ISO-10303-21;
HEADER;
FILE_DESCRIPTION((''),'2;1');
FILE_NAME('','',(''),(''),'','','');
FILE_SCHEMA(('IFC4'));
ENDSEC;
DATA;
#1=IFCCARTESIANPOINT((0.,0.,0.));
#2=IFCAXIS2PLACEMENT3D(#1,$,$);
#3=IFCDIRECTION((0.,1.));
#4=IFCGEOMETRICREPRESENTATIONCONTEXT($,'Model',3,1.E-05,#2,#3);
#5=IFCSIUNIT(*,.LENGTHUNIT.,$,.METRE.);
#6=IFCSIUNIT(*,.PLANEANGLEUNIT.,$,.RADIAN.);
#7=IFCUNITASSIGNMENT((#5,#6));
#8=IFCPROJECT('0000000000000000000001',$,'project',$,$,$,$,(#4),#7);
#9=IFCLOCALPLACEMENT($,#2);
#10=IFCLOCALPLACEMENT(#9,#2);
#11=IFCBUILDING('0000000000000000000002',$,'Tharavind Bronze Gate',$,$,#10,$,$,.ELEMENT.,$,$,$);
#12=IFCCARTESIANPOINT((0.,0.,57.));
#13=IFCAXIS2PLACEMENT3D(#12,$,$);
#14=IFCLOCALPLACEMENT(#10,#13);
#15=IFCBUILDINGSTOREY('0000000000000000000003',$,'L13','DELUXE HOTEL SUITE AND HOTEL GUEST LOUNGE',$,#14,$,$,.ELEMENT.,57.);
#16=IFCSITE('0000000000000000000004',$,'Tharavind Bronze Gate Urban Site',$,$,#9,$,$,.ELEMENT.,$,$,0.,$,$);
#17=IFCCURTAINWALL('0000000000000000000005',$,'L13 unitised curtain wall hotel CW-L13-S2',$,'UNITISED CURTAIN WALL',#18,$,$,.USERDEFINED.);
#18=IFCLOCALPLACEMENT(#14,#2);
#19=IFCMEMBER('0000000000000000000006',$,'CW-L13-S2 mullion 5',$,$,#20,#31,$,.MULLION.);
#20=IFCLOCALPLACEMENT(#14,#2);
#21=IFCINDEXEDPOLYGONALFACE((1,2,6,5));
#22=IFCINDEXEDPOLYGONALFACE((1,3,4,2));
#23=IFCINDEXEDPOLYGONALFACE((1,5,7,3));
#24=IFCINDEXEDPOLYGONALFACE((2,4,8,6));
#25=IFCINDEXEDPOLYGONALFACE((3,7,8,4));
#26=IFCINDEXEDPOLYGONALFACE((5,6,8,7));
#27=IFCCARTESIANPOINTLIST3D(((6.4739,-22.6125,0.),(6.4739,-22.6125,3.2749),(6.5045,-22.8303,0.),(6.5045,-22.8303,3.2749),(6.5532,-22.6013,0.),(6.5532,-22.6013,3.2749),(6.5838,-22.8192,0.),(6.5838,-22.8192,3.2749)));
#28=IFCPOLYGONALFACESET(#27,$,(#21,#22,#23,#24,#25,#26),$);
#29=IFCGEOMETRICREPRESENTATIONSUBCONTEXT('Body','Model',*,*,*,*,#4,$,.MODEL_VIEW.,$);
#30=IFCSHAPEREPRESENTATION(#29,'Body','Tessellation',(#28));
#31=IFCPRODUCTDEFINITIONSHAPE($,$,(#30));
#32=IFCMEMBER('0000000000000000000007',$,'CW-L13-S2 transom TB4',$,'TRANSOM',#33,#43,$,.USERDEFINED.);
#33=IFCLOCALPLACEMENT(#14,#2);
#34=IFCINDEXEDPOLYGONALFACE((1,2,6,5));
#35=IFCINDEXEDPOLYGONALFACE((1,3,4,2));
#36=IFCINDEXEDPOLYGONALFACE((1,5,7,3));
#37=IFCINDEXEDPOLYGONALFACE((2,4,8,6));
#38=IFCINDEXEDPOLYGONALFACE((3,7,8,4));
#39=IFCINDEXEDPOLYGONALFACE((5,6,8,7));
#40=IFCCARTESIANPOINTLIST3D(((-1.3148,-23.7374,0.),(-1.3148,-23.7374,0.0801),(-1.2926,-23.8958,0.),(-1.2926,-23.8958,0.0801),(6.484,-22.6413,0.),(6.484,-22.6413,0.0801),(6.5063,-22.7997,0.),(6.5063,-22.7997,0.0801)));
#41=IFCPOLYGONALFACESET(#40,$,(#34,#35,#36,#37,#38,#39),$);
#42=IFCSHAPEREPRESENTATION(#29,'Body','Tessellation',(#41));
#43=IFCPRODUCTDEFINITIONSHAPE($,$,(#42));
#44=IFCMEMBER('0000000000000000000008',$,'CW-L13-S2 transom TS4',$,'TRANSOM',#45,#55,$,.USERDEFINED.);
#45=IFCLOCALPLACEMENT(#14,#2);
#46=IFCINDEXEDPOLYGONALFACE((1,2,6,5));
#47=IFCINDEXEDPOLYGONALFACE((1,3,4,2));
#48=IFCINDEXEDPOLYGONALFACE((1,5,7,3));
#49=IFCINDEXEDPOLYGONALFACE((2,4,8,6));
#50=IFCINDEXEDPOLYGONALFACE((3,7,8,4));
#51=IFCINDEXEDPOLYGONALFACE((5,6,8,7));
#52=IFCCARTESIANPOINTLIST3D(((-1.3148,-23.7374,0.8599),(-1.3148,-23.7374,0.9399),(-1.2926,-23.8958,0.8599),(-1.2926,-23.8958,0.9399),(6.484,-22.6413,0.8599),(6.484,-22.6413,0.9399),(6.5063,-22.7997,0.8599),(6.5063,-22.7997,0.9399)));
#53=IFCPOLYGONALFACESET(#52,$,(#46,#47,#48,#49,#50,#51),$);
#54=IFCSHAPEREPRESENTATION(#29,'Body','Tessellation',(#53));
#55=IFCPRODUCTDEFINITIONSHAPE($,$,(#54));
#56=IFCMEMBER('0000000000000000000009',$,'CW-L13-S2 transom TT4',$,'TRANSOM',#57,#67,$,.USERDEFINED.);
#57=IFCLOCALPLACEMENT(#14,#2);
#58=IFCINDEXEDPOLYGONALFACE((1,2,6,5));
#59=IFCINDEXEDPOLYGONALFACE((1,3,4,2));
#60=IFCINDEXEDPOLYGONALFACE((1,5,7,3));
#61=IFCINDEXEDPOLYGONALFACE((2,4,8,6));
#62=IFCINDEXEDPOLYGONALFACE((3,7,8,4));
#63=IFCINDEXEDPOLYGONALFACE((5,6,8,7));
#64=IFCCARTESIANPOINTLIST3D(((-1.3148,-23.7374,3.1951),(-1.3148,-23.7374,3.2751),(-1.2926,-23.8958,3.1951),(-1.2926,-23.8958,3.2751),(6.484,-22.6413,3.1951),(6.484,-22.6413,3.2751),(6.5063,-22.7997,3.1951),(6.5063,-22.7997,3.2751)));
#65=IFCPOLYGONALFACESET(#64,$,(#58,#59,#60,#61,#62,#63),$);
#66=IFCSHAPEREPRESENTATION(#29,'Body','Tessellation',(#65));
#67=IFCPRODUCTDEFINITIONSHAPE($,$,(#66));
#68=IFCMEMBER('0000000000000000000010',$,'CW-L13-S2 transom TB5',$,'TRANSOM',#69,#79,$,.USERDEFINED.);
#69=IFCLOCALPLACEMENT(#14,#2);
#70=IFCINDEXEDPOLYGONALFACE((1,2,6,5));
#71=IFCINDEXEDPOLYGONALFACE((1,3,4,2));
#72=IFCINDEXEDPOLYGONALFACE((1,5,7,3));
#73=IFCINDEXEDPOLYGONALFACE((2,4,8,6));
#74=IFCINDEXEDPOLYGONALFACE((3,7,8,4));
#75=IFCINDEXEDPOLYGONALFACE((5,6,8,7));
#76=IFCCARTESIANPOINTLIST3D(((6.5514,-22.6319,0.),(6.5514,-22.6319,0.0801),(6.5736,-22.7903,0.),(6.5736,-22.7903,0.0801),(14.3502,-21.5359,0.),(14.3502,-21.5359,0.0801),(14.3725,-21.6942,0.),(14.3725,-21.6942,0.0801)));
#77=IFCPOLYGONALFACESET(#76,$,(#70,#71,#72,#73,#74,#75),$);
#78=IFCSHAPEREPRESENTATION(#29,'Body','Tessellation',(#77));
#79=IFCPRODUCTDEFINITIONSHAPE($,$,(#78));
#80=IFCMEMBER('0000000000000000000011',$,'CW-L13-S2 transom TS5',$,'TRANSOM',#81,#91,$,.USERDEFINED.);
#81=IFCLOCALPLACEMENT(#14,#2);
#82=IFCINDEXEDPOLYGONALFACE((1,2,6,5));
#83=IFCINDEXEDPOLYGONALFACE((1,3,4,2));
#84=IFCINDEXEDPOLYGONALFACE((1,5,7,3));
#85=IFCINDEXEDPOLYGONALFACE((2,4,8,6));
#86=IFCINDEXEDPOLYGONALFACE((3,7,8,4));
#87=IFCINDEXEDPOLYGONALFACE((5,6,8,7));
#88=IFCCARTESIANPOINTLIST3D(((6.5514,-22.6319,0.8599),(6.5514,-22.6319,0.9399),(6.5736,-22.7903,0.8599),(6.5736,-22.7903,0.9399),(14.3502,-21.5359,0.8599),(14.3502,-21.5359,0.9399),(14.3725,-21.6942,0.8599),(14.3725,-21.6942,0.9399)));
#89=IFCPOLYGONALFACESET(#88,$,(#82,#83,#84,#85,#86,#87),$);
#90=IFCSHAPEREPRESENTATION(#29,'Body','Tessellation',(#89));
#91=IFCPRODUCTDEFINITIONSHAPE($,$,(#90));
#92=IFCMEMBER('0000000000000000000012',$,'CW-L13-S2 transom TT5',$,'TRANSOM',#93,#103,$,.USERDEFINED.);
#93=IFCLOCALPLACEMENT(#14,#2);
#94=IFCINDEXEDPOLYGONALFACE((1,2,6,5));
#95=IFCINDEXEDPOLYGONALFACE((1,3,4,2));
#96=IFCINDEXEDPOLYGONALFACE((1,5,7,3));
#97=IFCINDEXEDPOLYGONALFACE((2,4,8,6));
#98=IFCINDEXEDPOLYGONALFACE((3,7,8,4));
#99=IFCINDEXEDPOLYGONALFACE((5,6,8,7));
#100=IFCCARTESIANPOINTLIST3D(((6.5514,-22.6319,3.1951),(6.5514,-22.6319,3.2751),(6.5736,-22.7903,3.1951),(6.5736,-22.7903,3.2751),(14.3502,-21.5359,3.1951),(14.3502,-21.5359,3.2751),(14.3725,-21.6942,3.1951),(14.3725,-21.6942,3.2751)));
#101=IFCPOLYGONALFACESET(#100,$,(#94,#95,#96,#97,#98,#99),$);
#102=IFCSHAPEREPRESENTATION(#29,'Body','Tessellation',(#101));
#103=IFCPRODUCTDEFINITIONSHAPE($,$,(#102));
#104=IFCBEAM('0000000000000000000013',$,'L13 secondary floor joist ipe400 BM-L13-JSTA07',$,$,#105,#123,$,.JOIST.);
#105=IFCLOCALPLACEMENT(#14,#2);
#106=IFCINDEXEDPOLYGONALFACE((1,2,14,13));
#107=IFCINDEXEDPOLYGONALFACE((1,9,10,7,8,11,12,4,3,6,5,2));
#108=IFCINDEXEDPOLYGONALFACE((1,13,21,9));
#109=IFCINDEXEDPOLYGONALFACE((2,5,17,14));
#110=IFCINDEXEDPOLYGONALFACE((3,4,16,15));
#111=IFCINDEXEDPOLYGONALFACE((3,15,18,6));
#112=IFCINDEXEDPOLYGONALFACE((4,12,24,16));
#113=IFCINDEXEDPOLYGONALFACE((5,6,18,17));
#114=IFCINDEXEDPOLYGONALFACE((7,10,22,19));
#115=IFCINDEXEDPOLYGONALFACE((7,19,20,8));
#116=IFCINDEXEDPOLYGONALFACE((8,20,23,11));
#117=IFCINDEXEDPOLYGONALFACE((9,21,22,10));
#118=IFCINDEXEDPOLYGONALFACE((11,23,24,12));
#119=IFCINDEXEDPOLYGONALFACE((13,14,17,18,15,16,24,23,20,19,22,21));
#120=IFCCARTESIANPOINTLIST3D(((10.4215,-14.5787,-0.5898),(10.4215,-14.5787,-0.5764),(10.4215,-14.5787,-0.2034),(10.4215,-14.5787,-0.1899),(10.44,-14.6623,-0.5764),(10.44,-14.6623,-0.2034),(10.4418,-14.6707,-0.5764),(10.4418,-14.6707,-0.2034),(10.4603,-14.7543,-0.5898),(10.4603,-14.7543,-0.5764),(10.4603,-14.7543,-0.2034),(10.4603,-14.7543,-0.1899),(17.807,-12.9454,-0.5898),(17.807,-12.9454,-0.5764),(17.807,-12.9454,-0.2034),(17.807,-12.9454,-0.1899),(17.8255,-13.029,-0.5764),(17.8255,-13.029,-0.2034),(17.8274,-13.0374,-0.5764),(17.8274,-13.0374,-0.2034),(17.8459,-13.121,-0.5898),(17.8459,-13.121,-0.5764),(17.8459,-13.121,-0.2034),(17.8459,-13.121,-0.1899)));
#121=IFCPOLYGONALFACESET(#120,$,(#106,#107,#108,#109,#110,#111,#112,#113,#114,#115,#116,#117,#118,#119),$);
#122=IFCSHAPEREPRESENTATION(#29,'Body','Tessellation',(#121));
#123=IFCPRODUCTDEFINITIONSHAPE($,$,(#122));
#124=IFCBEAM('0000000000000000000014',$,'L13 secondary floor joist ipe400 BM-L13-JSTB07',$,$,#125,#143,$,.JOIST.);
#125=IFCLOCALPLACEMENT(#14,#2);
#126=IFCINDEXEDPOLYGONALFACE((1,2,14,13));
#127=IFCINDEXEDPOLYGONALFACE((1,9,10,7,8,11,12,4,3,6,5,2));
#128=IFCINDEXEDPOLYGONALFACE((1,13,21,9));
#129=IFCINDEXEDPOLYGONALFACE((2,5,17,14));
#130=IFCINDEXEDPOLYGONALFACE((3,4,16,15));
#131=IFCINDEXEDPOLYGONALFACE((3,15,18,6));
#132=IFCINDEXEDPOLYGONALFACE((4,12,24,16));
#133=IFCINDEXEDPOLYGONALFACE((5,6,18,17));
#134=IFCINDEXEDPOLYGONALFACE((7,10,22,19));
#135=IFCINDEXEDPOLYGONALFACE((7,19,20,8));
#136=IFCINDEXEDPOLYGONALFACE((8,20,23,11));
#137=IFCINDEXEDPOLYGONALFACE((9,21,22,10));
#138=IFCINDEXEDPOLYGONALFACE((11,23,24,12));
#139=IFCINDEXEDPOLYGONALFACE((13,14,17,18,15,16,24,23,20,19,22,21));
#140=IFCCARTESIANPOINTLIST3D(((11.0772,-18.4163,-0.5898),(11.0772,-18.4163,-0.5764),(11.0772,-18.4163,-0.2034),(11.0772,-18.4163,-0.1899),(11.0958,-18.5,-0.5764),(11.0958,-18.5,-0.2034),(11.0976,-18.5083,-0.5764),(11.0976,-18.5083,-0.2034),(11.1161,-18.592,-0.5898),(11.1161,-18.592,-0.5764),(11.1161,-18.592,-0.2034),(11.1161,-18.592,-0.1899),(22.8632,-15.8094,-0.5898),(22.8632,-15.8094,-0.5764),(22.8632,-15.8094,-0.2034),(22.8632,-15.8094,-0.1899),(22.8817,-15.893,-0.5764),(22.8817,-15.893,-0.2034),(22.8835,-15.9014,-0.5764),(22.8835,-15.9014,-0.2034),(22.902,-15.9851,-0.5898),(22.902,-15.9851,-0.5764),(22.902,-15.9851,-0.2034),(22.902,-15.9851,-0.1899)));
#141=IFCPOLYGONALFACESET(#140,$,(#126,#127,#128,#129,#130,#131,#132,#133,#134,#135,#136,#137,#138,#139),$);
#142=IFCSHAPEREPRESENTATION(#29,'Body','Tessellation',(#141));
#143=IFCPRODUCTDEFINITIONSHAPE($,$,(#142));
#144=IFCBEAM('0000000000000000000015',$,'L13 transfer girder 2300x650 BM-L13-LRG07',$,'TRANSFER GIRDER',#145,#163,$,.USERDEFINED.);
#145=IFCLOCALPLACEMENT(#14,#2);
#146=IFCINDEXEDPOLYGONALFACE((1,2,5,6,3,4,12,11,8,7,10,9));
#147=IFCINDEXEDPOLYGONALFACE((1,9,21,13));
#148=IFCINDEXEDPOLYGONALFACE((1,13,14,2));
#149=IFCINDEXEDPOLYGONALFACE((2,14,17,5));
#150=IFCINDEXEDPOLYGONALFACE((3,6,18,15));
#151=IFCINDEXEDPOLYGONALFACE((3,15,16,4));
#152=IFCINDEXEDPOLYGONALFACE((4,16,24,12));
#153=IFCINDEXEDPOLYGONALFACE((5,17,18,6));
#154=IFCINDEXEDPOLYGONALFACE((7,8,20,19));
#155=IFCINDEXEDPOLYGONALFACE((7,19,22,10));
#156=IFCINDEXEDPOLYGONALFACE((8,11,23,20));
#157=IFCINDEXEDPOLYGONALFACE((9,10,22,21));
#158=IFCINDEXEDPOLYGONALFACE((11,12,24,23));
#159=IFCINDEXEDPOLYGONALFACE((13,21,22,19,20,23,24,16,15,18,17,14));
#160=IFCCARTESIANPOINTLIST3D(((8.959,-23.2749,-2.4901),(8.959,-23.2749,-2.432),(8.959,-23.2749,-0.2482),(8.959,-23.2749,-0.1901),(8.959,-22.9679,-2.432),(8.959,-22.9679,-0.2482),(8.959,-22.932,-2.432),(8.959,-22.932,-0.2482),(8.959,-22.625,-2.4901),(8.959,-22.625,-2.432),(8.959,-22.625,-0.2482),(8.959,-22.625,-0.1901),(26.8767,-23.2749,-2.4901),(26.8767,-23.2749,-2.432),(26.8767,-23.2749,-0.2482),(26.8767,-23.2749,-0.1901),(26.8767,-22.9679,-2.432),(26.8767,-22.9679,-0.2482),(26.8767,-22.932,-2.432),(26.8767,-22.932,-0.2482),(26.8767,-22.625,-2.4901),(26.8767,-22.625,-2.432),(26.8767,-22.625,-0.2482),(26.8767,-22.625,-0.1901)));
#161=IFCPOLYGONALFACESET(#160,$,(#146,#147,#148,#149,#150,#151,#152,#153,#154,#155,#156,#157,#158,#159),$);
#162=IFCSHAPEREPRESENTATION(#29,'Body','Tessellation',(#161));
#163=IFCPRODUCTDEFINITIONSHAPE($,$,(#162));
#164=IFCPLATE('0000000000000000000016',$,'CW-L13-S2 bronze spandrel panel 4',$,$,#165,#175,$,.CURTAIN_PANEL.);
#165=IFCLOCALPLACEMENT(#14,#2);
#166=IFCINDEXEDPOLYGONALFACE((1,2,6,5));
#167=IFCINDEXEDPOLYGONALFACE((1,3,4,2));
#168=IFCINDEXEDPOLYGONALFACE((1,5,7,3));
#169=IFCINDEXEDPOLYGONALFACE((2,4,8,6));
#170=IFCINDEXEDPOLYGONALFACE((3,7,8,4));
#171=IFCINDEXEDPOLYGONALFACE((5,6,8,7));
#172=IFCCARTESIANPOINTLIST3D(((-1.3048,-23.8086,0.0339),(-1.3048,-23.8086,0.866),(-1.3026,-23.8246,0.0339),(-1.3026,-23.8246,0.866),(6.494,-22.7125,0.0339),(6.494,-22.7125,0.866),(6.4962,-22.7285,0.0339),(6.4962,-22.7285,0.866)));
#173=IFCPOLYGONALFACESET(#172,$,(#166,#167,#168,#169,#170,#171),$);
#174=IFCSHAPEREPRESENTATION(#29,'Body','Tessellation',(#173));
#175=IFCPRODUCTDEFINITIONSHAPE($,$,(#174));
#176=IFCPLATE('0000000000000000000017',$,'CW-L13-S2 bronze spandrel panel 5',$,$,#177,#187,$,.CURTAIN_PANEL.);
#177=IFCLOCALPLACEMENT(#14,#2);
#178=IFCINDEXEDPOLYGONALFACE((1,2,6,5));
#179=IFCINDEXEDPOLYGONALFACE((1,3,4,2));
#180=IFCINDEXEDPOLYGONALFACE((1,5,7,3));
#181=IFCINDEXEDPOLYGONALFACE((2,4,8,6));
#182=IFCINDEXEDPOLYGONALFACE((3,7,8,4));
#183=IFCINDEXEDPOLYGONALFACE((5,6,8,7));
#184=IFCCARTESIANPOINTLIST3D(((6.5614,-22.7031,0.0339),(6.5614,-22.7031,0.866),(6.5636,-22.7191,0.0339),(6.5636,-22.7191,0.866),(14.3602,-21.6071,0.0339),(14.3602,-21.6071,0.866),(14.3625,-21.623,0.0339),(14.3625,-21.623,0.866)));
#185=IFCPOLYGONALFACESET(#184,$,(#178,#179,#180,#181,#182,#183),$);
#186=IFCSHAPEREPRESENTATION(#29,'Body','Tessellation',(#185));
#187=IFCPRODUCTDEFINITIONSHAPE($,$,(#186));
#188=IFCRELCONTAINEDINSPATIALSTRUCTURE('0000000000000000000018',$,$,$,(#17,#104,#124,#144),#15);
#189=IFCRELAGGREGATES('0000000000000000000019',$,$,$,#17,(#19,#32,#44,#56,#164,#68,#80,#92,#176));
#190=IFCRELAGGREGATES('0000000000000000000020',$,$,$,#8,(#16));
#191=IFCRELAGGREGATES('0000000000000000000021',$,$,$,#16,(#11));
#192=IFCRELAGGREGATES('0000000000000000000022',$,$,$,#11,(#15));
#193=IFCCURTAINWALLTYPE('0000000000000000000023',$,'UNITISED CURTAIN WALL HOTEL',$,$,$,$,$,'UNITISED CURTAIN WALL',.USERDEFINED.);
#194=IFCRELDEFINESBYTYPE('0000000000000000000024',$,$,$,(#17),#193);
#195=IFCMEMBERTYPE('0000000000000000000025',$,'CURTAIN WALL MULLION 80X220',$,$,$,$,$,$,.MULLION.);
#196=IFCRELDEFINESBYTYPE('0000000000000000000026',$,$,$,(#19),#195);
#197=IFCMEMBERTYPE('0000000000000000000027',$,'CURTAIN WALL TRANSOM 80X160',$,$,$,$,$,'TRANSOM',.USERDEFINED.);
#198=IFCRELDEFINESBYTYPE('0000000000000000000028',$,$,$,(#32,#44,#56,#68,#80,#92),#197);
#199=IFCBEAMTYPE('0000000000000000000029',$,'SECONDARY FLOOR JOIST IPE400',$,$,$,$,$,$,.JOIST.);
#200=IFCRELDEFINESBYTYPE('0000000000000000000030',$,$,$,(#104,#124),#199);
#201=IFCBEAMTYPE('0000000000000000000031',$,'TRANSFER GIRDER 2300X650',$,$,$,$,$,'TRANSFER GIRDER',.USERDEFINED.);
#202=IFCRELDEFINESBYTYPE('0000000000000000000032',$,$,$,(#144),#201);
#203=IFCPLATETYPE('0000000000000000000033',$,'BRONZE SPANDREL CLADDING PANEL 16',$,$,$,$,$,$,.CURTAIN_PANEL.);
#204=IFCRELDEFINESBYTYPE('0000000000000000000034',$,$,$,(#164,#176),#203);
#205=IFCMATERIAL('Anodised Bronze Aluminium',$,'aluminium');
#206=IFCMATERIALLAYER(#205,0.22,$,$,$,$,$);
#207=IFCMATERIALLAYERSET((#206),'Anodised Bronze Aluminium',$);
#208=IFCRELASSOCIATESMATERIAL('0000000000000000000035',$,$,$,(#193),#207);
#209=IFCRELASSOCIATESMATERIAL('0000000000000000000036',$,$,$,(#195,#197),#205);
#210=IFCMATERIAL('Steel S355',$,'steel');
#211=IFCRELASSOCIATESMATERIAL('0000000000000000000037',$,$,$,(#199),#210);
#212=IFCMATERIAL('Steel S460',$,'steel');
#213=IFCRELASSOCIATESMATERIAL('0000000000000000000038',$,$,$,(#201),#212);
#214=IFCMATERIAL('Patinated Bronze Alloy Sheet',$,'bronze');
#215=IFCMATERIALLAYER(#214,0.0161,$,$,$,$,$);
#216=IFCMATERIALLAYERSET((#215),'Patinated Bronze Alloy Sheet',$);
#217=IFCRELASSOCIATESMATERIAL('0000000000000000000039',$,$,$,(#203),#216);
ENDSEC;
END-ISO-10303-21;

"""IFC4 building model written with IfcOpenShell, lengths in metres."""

from ifc_helpers import new_model, si_unit, direction, frame, origin, origin_2d, place, context, subcontext, project, spatial, rectangle, i_section, extrude, material, layer, layer_set, material_profile, profile_set, type_object, element, aggregate, save


model = new_model("IFC4")

# Units and contexts
model_context = context("Model", 3, precision=1e-05, world=origin(), true_north=direction((0.0, 1.0)))
body_context = subcontext(model_context, "Body", "Model", "MODEL_VIEW")
ifc_project = project(units=[si_unit("LENGTHUNIT", "METRE"), si_unit("PLANEANGLEUNIT", "RADIAN")], contexts=[model_context])

# Site, building, storey
site_placement = place(None, origin())
site = spatial("IfcSite", under=ifc_project, at=site_placement, Name="Tharavind Bronze Gate Urban Site", CompositionType="ELEMENT", RefElevation=0.0)
building_placement = place(site_placement, origin())
building = spatial("IfcBuilding", under=site, at=building_placement, Name="Tharavind Bronze Gate", CompositionType="ELEMENT")
storey_placement = place(building_placement, frame((0.0, 0.0, 57.0)))
storey = spatial("IfcBuildingStorey", under=building, at=storey_placement, Name="L13", Description="DELUXE HOTEL SUITE AND HOTEL GUEST LOUNGE", CompositionType="ELEMENT", Elevation=57.0)

# Curtain wall, members
ifc_material_1 = material(Name="Anodised Bronze Aluminium", Category="aluminium")
ifc_layer_1 = layer(ifc_material_1, 0.22)
ifc_layer_set_1 = layer_set([ifc_layer_1], Name="Anodised Bronze Aluminium")
curtain_wall_type = type_object("IfcCurtainWallType", Name="UNITISED CURTAIN WALL HOTEL", ElementType="UNITISED CURTAIN WALL", PredefinedType="USERDEFINED", material=ifc_layer_set_1)
curtain_wall_placement = place(storey_placement, origin())
curtain_wall = element("IfcCurtainWall", 1, at=curtain_wall_placement, inside=storey, type_object=curtain_wall_type, Name="L13 unitised curtain wall hotel CW-L13-S2", ObjectType="UNITISED CURTAIN WALL", PredefinedType="USERDEFINED")
member_type_1 = type_object("IfcMemberType", Name="CURTAIN WALL MULLION 80X220", PredefinedType="MULLION", material=ifc_material_1)
member_1_placement = place(storey_placement, frame((6.5288, -22.7158, 0.0), z_axis=(0.0, 0.0, 1.0), x_axis=(0.990268, 0.139173, 0.0)))
member_1 = element("IfcMember", 2, at=member_1_placement, type_object=member_type_1, Name="CW-L13-S2 mullion 5", PredefinedType="MULLION", context=body_context, shape_type="SweptSolid", body=[
    extrude(rectangle(XDim=0.0801, YDim=0.22, at=origin_2d()), origin(), (0.0, 0.0, 1.0), 3.2749),
])
member_type_2 = type_object("IfcMemberType", Name="CURTAIN WALL TRANSOM 80X160", ElementType="TRANSOM", PredefinedType="USERDEFINED", material=ifc_material_1)
member_2_placement = place(storey_placement, frame((2.5957, -23.2686, 0.0), z_axis=(0.0, 0.0, 1.0), x_axis=(0.990268, 0.139173, 0.0)))
member_2 = element("IfcMember", 3, at=member_2_placement, type_object=member_type_2, Name="CW-L13-S2 transom TB4", ObjectType="TRANSOM", PredefinedType="USERDEFINED", context=body_context, shape_type="SweptSolid", body=[
    extrude(rectangle(XDim=7.8755, YDim=0.1599, at=origin_2d()), origin(), (0.0, 0.0, 1.0), 0.0801),
])
member_3_placement = place(storey_placement, frame((2.5957, -23.2686, 0.8599), z_axis=(0.0, 0.0, 1.0), x_axis=(0.990268, 0.139173, 0.0)))
member_3 = element("IfcMember", 4, at=member_3_placement, type_object=member_type_2, Name="CW-L13-S2 transom TS4", ObjectType="TRANSOM", PredefinedType="USERDEFINED", context=body_context, shape_type="SweptSolid", body=[
    extrude(rectangle(XDim=7.8755, YDim=0.1599, at=origin_2d()), origin(), (0.0, 0.0, 1.0), 0.0801),
])
member_4_placement = place(storey_placement, frame((2.5957, -23.2686, 3.1951), z_axis=(0.0, 0.0, 1.0), x_axis=(0.990268, 0.139173, 0.0)))
member_4 = element("IfcMember", 5, at=member_4_placement, type_object=member_type_2, Name="CW-L13-S2 transom TT4", ObjectType="TRANSOM", PredefinedType="USERDEFINED", context=body_context, shape_type="SweptSolid", body=[
    extrude(rectangle(XDim=7.8755, YDim=0.1599, at=origin_2d()), origin(), (0.0, 0.0, 1.0), 0.0801),
])
member_5_placement = place(storey_placement, frame((10.4619, -22.1631, 0.0), z_axis=(0.0, 0.0, 1.0), x_axis=(0.990268, 0.139173, 0.0)))
member_5 = element("IfcMember", 6, at=member_5_placement, type_object=member_type_2, Name="CW-L13-S2 transom TB5", ObjectType="TRANSOM", PredefinedType="USERDEFINED", context=body_context, shape_type="SweptSolid", body=[
    extrude(rectangle(XDim=7.8755, YDim=0.1599, at=origin_2d()), origin(), (0.0, 0.0, 1.0), 0.0801),
])
member_6_placement = place(storey_placement, frame((10.4619, -22.1631, 0.8599), z_axis=(0.0, 0.0, 1.0), x_axis=(0.990268, 0.139173, 0.0)))
member_6 = element("IfcMember", 7, at=member_6_placement, type_object=member_type_2, Name="CW-L13-S2 transom TS5", ObjectType="TRANSOM", PredefinedType="USERDEFINED", context=body_context, shape_type="SweptSolid", body=[
    extrude(rectangle(XDim=7.8755, YDim=0.1599, at=origin_2d()), origin(), (0.0, 0.0, 1.0), 0.0801),
])
member_7_placement = place(storey_placement, frame((10.4619, -22.1631, 3.1951), z_axis=(0.0, 0.0, 1.0), x_axis=(0.990268, 0.139173, 0.0)))
member_7 = element("IfcMember", 8, at=member_7_placement, type_object=member_type_2, Name="CW-L13-S2 transom TT5", ObjectType="TRANSOM", PredefinedType="USERDEFINED", context=body_context, shape_type="SweptSolid", body=[
    extrude(rectangle(XDim=7.8755, YDim=0.1599, at=origin_2d()), origin(), (0.0, 0.0, 1.0), 0.0801),
])

# Beams
ifc_material_2 = material(Name="Steel S355", Category="steel")
ifc_material_profile_1 = material_profile(ifc_material_2, i_section(OverallWidth=0.1799, OverallDepth=0.3999, WebThickness=0.0085, FlangeThickness=0.0134, at=origin_2d()), Name="IPE400")
ifc_profile_set_1 = profile_set([ifc_material_profile_1], Name="Steel S355")
beam_type_1 = type_object("IfcBeamType", Name="SECONDARY FLOOR JOIST IPE400", PredefinedType="JOIST", material=ifc_profile_set_1)
beam_1_placement = place(storey_placement, frame((10.4409, -14.6665, -0.3899), z_axis=(0.976408, 0.215932, 0.0), x_axis=(-0.215932, 0.976408, 0.0)))
element("IfcBeam", 9, at=beam_1_placement, inside=storey, type_object=beam_type_1, Name="L13 secondary floor joist ipe400 BM-L13-JSTA07", PredefinedType="JOIST", context=body_context, shape_type="SweptSolid", body=[
    extrude(i_section(OverallWidth=0.1799, OverallDepth=0.3999, WebThickness=0.0085, FlangeThickness=0.0134, at=origin_2d()), origin(), (0.0, 0.0, 1.0), 7.564),
])
beam_2_placement = place(storey_placement, frame((11.0967, -18.5042, -0.3899), z_axis=(0.9764, 0.215971, 0.0), x_axis=(-0.215971, 0.9764, 0.0)))
element("IfcBeam", 10, at=beam_2_placement, inside=storey, type_object=beam_type_1, Name="L13 secondary floor joist ipe400 BM-L13-JSTB07", PredefinedType="JOIST", context=body_context, shape_type="SweptSolid", body=[
    extrude(i_section(OverallWidth=0.1799, OverallDepth=0.3999, WebThickness=0.0085, FlangeThickness=0.0134, at=origin_2d()), origin(), (0.0, 0.0, 1.0), 12.0708),
])
ifc_material_3 = material(Name="Steel S460", Category="steel")
ifc_material_profile_2 = material_profile(ifc_material_3, i_section(OverallWidth=0.6499, OverallDepth=2.3, WebThickness=0.0359, FlangeThickness=0.0581, at=origin_2d()), Name="PG2300X650")
ifc_profile_set_2 = profile_set([ifc_material_profile_2], Name="Steel S460")
beam_type_2 = type_object("IfcBeamType", Name="TRANSFER GIRDER 2300X650", ElementType="TRANSFER GIRDER", PredefinedType="USERDEFINED", material=ifc_profile_set_2)
beam_3_placement = place(storey_placement, frame((8.959, -22.95, -1.3401), z_axis=(1.0, 0.0, 0.0), x_axis=(0.0, 1.0, 0.0)))
element("IfcBeam", 11, at=beam_3_placement, inside=storey, type_object=beam_type_2, Name="L13 transfer girder 2300x650 BM-L13-LRG07", ObjectType="TRANSFER GIRDER", PredefinedType="USERDEFINED", context=body_context, shape_type="SweptSolid", body=[
    extrude(i_section(OverallWidth=0.6499, OverallDepth=2.3, WebThickness=0.0359, FlangeThickness=0.0581, at=origin_2d()), origin(), (0.0, 0.0, 1.0), 17.9177),
])

# Plates
ifc_material_4 = material(Name="Patinated Bronze Alloy Sheet", Category="bronze")
ifc_layer_2 = layer(ifc_material_4, 0.0161)
ifc_layer_set_2 = layer_set([ifc_layer_2], Name="Patinated Bronze Alloy Sheet")
plate_type_1 = type_object("IfcPlateType", Name="BRONZE SPANDREL CLADDING PANEL 16", PredefinedType="CURTAIN_PANEL", material=ifc_layer_set_2)
plate_1_placement = place(storey_placement, frame((2.5957, -23.2686, 0.0339), z_axis=(0.0, 0.0, 1.0), x_axis=(0.990268, 0.139173, 0.0)))
plate_1 = element("IfcPlate", 12, at=plate_1_placement, type_object=plate_type_1, Name="CW-L13-S2 bronze spandrel panel 4", PredefinedType="CURTAIN_PANEL", context=body_context, shape_type="SweptSolid", body=[
    extrude(rectangle(XDim=7.8755, YDim=0.0161, at=origin_2d()), origin(), (0.0, 0.0, 1.0), 0.832),
])
plate_2_placement = place(storey_placement, frame((10.4619, -22.1631, 0.0339), z_axis=(0.0, 0.0, 1.0), x_axis=(0.990268, 0.139173, 0.0)))
plate_2 = element("IfcPlate", 13, at=plate_2_placement, type_object=plate_type_1, Name="CW-L13-S2 bronze spandrel panel 5", PredefinedType="CURTAIN_PANEL", context=body_context, shape_type="SweptSolid", body=[
    extrude(rectangle(XDim=7.8755, YDim=0.0161, at=origin_2d()), origin(), (0.0, 0.0, 1.0), 0.832),
])
aggregate(curtain_wall, [member_1, member_2, member_3, member_4, plate_1, member_5, member_6, member_7, plate_2])

save(model, "model.ifc")
